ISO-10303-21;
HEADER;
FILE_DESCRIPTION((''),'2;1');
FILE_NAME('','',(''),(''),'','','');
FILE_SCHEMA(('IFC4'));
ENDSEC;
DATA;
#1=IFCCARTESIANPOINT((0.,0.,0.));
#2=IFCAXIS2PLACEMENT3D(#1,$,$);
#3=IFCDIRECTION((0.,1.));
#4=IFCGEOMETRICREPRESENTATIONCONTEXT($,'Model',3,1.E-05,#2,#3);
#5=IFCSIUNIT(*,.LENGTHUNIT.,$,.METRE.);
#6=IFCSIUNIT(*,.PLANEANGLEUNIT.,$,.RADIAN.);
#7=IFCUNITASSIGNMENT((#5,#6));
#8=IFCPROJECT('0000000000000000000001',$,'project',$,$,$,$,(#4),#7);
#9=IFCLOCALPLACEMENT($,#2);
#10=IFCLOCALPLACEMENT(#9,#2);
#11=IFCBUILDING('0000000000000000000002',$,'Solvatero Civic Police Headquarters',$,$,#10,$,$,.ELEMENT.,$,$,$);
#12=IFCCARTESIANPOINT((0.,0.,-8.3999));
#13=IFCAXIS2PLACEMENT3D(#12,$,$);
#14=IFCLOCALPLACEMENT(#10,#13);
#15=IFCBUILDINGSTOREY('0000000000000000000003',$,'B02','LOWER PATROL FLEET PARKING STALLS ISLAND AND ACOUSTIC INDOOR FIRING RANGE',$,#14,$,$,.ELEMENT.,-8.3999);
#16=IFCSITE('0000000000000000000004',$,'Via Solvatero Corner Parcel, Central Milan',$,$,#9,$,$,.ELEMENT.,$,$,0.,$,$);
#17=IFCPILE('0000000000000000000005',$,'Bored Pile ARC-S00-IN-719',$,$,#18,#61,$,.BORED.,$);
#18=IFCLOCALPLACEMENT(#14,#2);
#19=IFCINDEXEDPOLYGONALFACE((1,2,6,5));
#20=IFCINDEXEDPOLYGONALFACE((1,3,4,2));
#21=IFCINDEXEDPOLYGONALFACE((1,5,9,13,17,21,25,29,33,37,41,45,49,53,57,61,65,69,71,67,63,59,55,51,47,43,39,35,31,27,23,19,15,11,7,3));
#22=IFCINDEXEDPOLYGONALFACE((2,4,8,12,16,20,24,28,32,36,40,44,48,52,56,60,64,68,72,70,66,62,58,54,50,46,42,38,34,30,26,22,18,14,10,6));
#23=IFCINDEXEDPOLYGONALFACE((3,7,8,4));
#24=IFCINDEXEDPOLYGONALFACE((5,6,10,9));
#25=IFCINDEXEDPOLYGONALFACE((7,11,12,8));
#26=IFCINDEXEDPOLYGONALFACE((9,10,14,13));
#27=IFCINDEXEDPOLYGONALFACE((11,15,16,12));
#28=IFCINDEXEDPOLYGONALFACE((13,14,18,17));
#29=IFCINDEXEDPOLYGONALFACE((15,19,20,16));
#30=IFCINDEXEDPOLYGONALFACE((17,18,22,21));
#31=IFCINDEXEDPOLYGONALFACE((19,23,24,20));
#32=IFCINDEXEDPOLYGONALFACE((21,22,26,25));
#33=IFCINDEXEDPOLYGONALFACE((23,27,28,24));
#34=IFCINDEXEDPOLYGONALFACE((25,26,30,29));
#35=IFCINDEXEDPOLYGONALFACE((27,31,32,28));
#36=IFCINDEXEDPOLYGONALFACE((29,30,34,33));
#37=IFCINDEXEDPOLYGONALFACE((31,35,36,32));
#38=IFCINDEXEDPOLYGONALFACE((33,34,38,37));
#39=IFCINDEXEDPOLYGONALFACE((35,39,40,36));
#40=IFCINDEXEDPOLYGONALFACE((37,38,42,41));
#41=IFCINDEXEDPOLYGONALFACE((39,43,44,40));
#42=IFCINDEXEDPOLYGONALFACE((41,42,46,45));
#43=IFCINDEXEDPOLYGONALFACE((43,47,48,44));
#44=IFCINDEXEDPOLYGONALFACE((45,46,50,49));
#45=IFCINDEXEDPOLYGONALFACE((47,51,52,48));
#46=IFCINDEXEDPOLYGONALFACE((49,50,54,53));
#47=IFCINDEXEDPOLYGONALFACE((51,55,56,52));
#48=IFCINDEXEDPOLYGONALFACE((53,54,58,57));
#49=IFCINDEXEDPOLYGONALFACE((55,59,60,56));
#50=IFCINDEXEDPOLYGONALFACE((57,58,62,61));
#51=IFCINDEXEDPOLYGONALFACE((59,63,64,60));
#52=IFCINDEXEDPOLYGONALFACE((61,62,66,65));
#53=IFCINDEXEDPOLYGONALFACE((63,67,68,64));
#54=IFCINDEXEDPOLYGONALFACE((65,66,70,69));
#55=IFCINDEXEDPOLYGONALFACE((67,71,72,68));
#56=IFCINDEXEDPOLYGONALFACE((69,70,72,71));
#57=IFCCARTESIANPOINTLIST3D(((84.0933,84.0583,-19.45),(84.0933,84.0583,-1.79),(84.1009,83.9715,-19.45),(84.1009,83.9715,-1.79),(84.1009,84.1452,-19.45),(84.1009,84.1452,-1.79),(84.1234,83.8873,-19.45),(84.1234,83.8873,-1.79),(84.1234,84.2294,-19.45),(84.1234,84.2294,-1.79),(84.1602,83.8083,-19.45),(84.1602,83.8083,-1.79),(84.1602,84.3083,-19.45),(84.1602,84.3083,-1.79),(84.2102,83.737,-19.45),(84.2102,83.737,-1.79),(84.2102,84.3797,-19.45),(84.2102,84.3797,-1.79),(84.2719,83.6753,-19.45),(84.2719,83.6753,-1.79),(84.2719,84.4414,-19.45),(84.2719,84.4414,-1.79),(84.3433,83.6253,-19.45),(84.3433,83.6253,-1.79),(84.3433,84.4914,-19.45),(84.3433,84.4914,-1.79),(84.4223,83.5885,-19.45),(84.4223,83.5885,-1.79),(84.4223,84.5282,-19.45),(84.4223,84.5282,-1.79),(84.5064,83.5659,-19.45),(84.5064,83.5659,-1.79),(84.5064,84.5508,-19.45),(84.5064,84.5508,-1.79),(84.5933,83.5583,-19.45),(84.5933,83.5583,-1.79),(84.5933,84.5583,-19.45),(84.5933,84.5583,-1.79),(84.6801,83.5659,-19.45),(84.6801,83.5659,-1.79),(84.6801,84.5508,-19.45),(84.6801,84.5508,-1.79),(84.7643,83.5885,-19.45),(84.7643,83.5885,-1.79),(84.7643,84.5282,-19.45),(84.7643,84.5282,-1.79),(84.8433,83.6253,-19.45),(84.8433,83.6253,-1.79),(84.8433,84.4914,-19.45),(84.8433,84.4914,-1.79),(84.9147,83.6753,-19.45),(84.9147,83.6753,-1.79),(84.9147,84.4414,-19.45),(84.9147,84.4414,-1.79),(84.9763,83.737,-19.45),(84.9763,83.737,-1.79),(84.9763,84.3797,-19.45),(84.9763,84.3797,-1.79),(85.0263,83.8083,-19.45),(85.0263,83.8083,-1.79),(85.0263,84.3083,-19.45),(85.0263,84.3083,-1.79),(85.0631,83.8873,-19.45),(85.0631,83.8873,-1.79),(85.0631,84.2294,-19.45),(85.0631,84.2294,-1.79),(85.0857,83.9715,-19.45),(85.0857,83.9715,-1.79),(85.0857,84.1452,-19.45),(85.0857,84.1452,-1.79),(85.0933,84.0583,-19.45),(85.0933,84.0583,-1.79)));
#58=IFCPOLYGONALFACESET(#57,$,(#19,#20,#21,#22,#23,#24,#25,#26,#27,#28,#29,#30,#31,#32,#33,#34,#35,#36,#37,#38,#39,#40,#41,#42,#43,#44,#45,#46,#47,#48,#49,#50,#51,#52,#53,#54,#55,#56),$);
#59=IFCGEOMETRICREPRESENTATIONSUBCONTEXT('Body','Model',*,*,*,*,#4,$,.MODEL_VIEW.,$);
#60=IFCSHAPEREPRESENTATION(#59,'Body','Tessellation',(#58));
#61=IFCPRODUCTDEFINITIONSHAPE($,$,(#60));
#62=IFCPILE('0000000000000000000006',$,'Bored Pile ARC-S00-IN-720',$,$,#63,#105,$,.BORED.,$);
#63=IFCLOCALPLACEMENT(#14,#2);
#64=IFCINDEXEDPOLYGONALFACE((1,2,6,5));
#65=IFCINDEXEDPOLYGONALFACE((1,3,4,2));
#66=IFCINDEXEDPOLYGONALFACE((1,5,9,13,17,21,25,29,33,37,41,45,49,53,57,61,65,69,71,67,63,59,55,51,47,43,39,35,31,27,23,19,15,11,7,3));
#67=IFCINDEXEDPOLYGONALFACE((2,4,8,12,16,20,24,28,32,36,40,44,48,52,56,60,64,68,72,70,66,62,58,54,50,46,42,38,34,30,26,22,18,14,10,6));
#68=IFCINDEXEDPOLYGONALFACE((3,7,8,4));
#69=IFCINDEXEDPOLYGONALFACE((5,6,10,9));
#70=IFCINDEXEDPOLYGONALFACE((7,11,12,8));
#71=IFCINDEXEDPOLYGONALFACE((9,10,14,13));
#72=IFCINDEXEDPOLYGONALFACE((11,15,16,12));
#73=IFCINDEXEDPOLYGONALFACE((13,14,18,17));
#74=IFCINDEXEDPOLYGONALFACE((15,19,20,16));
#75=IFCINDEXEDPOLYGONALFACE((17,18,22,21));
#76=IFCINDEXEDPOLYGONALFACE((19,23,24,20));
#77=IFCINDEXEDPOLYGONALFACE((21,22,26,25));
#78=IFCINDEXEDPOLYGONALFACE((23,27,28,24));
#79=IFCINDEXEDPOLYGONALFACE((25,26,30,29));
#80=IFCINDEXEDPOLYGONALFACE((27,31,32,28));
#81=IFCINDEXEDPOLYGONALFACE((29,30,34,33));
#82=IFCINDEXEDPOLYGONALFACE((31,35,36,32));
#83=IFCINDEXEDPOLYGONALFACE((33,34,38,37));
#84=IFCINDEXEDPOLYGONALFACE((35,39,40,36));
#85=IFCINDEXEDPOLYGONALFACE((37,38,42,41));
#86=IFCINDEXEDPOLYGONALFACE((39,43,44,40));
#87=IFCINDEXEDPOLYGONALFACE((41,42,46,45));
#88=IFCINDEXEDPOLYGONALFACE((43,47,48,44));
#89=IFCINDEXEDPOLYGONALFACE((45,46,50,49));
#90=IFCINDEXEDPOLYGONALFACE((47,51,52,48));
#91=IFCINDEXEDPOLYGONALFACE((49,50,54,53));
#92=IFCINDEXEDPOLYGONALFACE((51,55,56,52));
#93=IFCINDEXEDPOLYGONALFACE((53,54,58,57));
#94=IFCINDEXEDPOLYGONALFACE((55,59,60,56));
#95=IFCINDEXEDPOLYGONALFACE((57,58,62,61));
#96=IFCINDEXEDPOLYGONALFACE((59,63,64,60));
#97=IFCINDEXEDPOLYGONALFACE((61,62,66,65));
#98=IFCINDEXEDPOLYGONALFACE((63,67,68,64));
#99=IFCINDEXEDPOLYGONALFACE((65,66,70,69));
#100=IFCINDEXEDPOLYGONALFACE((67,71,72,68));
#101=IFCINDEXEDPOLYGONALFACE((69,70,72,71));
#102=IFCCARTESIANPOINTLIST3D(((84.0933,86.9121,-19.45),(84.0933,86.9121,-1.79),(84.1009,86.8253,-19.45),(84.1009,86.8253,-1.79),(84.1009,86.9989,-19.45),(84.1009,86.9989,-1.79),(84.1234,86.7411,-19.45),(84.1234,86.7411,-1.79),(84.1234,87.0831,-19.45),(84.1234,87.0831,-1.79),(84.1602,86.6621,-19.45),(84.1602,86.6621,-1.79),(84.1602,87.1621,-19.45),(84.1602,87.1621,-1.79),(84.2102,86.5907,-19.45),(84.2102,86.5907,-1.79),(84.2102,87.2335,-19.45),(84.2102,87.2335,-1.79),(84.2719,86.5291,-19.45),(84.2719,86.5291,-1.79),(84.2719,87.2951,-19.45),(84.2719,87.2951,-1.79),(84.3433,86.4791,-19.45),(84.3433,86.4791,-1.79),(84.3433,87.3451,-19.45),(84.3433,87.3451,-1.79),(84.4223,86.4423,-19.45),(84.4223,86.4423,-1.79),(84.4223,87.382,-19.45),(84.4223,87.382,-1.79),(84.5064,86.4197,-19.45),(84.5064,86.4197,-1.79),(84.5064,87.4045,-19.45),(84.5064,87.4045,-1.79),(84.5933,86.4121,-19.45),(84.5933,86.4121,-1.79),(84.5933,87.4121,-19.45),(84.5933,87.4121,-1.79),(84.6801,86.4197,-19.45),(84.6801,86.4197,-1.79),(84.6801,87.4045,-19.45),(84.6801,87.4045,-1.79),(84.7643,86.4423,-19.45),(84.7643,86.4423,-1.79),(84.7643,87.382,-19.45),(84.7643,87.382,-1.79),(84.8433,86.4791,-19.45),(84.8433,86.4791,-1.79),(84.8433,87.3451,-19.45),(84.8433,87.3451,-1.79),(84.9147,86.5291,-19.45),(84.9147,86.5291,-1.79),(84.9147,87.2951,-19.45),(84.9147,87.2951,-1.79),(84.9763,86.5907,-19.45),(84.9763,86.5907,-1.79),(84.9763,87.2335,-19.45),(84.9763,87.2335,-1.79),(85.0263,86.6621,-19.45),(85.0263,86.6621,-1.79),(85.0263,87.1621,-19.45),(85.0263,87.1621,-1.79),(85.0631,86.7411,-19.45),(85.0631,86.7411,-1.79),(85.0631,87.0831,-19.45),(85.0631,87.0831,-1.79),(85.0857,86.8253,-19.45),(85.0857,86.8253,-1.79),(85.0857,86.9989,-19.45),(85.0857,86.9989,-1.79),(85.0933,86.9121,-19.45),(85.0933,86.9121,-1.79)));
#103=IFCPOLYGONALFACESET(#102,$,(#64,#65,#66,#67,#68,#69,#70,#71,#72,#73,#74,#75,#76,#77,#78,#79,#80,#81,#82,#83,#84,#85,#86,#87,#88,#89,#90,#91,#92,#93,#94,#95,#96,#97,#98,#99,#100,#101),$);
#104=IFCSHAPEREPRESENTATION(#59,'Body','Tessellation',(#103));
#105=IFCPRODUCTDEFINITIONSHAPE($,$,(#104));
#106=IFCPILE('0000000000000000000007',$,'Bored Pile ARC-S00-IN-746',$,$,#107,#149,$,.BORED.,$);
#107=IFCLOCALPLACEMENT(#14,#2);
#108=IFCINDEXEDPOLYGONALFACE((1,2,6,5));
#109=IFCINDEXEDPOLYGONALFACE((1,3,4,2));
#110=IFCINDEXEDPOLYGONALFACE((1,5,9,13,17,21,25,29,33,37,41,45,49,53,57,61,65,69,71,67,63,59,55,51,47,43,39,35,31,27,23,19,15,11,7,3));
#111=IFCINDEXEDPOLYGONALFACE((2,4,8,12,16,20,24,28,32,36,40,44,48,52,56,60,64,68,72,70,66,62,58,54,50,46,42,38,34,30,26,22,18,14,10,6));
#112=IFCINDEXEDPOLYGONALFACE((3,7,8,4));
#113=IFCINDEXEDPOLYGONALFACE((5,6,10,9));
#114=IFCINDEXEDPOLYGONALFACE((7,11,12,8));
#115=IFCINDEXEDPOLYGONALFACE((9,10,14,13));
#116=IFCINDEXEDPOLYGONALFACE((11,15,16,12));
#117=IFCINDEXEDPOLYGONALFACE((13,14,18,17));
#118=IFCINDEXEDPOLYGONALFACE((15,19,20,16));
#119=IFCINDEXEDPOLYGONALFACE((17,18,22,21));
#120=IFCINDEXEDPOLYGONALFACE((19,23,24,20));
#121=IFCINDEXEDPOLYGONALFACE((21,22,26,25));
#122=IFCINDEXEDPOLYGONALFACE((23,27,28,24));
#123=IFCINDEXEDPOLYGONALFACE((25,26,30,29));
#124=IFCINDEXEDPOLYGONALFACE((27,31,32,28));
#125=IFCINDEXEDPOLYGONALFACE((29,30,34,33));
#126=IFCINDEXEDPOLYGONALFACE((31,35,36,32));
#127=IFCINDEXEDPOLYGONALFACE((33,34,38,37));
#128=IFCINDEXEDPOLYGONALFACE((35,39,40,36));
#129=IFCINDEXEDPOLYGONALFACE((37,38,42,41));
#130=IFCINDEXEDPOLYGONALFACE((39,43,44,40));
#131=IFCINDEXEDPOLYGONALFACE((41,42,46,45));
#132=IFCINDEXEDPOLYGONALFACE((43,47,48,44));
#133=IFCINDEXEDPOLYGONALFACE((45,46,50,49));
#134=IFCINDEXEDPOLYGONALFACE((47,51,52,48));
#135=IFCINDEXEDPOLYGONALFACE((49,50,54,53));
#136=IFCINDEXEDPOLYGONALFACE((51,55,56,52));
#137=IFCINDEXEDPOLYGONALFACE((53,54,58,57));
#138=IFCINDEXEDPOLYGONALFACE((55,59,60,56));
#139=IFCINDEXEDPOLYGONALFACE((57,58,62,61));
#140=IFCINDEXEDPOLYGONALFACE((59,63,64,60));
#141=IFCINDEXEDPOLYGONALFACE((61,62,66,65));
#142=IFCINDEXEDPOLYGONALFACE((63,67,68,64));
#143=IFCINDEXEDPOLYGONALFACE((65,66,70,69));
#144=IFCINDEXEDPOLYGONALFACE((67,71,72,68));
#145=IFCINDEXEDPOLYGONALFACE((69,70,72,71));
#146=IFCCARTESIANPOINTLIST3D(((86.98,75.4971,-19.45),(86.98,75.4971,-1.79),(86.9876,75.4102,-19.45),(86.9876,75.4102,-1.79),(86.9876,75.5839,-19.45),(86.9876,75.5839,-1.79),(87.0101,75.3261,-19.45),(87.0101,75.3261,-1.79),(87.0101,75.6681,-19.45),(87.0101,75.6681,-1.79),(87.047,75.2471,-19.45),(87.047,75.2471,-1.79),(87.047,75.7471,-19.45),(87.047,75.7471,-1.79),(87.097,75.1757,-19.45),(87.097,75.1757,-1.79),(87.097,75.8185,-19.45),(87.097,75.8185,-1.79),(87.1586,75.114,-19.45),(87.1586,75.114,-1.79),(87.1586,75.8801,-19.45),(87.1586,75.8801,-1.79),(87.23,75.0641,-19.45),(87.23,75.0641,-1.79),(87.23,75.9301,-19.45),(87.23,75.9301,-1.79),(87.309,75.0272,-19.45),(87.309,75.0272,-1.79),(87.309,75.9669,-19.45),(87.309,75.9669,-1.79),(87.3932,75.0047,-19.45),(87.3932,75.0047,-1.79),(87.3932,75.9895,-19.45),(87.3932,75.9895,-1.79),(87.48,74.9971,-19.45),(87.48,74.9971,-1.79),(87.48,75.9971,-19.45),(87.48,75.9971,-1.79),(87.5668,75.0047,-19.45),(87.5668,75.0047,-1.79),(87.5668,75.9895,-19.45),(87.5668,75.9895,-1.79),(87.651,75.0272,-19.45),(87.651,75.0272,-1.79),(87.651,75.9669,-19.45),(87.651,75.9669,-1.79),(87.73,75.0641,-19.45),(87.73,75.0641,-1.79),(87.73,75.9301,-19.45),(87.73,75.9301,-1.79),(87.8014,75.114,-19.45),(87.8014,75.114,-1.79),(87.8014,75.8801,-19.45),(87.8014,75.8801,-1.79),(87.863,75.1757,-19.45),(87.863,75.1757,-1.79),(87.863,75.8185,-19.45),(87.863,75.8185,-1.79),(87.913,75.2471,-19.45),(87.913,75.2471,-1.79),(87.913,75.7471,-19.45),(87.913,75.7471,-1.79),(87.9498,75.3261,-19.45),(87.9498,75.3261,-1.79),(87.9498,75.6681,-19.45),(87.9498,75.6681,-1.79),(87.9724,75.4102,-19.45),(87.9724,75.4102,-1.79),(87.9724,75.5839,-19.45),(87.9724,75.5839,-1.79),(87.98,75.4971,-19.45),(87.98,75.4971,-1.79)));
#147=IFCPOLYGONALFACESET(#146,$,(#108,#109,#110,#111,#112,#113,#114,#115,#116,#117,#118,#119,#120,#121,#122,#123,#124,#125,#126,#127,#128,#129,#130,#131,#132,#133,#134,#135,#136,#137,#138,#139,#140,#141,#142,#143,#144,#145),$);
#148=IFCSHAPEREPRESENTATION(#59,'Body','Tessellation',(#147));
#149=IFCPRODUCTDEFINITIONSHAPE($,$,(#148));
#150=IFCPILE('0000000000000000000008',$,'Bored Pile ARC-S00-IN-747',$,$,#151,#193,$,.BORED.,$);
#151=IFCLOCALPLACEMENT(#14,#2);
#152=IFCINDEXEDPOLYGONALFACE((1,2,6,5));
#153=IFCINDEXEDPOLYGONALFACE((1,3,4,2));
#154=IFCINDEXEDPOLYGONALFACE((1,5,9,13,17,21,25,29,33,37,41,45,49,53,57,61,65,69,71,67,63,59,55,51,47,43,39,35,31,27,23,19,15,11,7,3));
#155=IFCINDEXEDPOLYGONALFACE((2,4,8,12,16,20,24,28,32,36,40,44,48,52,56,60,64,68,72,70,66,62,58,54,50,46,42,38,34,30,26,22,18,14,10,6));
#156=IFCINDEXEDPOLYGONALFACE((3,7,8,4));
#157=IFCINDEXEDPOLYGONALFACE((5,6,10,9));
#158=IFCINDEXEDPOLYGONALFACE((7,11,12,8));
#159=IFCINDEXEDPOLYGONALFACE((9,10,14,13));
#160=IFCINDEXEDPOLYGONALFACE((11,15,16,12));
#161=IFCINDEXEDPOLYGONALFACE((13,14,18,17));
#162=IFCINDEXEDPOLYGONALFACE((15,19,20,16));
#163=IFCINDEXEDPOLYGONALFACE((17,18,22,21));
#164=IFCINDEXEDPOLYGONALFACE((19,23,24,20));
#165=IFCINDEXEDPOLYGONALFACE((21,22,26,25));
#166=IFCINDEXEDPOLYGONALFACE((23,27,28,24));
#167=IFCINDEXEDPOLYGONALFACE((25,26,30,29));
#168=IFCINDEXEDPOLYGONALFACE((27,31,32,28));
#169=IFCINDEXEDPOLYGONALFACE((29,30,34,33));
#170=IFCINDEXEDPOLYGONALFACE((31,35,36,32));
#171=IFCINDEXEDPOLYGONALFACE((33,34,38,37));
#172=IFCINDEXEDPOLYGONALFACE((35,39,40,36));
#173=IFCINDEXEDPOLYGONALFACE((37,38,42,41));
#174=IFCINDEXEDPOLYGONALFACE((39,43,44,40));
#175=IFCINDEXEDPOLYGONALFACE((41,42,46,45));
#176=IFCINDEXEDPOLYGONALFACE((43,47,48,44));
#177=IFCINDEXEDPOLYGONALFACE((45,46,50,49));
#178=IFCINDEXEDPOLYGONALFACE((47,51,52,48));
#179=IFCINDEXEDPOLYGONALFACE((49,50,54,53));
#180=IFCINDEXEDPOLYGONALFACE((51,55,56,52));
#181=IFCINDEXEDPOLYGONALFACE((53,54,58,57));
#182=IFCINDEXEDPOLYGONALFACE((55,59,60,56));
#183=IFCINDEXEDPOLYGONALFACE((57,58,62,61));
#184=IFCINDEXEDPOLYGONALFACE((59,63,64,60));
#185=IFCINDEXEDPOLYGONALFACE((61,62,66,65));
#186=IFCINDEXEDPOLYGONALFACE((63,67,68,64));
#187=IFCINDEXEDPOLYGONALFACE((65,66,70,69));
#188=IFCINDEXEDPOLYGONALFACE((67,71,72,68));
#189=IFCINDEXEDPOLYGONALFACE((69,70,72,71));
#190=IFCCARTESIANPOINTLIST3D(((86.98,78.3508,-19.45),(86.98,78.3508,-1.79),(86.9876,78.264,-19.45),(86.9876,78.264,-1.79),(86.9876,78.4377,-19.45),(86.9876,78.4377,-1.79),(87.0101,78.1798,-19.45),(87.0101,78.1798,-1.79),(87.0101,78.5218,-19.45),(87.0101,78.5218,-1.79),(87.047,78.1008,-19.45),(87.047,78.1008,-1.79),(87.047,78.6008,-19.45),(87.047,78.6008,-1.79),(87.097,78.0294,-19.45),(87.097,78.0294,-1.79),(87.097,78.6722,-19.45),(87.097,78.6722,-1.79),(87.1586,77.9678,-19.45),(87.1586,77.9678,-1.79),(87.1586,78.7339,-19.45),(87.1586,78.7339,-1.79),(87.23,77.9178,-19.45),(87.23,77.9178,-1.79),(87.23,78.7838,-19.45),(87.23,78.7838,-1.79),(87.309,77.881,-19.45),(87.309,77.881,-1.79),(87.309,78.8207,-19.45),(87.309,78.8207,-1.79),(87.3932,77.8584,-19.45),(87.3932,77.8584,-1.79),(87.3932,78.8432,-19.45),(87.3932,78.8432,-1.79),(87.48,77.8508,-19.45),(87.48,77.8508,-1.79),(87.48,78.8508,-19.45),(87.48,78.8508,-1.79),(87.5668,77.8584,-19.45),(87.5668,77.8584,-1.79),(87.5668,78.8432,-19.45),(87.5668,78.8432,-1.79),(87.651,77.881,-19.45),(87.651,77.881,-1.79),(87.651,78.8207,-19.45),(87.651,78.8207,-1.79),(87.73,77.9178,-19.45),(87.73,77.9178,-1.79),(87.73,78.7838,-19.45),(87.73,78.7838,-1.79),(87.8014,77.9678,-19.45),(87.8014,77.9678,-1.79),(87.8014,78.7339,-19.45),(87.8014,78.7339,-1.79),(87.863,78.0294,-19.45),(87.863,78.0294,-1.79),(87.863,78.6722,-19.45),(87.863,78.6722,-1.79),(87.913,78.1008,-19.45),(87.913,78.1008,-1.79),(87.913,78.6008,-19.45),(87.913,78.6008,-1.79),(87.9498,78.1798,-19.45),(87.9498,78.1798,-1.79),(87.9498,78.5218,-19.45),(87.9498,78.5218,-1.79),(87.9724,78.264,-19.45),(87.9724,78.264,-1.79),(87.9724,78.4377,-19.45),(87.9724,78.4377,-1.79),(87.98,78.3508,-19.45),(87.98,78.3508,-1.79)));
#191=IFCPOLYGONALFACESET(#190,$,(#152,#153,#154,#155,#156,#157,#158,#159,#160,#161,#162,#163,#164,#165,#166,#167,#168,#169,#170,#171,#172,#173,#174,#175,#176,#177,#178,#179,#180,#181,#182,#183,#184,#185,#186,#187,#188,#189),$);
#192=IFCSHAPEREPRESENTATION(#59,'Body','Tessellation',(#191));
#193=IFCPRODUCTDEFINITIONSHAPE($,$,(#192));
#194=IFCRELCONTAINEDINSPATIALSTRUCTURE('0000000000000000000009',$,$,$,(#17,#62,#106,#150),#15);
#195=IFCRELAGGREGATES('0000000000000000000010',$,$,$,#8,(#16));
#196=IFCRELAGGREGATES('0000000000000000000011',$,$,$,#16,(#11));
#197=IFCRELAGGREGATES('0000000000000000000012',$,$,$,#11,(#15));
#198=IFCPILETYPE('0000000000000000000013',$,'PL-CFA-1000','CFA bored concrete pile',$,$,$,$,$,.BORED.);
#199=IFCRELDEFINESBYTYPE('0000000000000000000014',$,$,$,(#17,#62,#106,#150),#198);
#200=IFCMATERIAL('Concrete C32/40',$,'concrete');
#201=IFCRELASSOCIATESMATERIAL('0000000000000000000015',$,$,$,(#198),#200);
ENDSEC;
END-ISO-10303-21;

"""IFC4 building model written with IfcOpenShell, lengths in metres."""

from ifc_helpers import new_model, si_unit, direction, frame, origin, origin_2d, place, context, subcontext, project, spatial, circle, extrude, material, material_profile, profile_set, type_object, element, save


model = new_model("IFC4")

# Units and contexts
model_context = context("Model", 3, precision=1e-05, world=origin(), true_north=direction((0.0, 1.0)))
body_context = subcontext(model_context, "Body", "Model", "MODEL_VIEW")
ifc_project = project(units=[si_unit("LENGTHUNIT", "METRE"), si_unit("PLANEANGLEUNIT", "RADIAN")], contexts=[model_context])

# Site, building, storey
site_placement = place(None, origin())
site = spatial("IfcSite", under=ifc_project, at=site_placement, Name="Via Solvatero Corner Parcel, Central Milan", CompositionType="ELEMENT", RefElevation=0.0)
building_placement = place(site_placement, origin())
building = spatial("IfcBuilding", under=site, at=building_placement, Name="Solvatero Civic Police Headquarters", CompositionType="ELEMENT")
storey_placement = place(building_placement, frame((0.0, 0.0, -8.3999)))
storey = spatial("IfcBuildingStorey", under=building, at=storey_placement, Name="B02", Description="LOWER PATROL FLEET PARKING STALLS ISLAND AND ACOUSTIC INDOOR FIRING RANGE", CompositionType="ELEMENT", Elevation=-8.3999)

# Piles
ifc_material_1 = material(Name="Concrete C32/40", Category="concrete")
ifc_material_profile_1 = material_profile(ifc_material_1, circle(Radius=0.5, at=origin_2d()), Name="CFA PILE D1000")
ifc_profile_set_1 = profile_set([ifc_material_profile_1], Name="Concrete C32/40")
pile_type_1 = type_object("IfcPileType", Name="PL-CFA-1000", Description="CFA bored concrete pile", PredefinedType="BORED", material=ifc_profile_set_1)
for number, where, z_axis, x_axis, name in (
    (1, (84.5933, 84.0583, -1.79), (0.0, 0.0, -1.0), (1.0, 0.0, 0.0), "Bored Pile ARC-S00-IN-719"),
    (2, (84.5933, 86.9121, -1.79), (0.0, 0.0, -1.0), (1.0, 0.0, 0.0), "Bored Pile ARC-S00-IN-720"),
    (3, (87.48, 75.4971, -1.79), (0.0, 0.0, -1.0), (1.0, 0.0, 0.0), "Bored Pile ARC-S00-IN-746"),
    (4, (87.48, 78.3508, -1.79), (0.0, 0.0, -1.0), (1.0, 0.0, 0.0), "Bored Pile ARC-S00-IN-747"),
):
    element("IfcPile", number, at=place(storey_placement, frame(where, z_axis=z_axis, x_axis=x_axis)), inside=storey, type_object=pile_type_1, Name=name, PredefinedType="BORED", context=body_context, shape_type="SweptSolid", body=[
        extrude(circle(Radius=0.5, at=origin_2d()), origin(), (0.0, 0.0, 1.0), 17.6599),
    ])

save(model, "model.ifc")
